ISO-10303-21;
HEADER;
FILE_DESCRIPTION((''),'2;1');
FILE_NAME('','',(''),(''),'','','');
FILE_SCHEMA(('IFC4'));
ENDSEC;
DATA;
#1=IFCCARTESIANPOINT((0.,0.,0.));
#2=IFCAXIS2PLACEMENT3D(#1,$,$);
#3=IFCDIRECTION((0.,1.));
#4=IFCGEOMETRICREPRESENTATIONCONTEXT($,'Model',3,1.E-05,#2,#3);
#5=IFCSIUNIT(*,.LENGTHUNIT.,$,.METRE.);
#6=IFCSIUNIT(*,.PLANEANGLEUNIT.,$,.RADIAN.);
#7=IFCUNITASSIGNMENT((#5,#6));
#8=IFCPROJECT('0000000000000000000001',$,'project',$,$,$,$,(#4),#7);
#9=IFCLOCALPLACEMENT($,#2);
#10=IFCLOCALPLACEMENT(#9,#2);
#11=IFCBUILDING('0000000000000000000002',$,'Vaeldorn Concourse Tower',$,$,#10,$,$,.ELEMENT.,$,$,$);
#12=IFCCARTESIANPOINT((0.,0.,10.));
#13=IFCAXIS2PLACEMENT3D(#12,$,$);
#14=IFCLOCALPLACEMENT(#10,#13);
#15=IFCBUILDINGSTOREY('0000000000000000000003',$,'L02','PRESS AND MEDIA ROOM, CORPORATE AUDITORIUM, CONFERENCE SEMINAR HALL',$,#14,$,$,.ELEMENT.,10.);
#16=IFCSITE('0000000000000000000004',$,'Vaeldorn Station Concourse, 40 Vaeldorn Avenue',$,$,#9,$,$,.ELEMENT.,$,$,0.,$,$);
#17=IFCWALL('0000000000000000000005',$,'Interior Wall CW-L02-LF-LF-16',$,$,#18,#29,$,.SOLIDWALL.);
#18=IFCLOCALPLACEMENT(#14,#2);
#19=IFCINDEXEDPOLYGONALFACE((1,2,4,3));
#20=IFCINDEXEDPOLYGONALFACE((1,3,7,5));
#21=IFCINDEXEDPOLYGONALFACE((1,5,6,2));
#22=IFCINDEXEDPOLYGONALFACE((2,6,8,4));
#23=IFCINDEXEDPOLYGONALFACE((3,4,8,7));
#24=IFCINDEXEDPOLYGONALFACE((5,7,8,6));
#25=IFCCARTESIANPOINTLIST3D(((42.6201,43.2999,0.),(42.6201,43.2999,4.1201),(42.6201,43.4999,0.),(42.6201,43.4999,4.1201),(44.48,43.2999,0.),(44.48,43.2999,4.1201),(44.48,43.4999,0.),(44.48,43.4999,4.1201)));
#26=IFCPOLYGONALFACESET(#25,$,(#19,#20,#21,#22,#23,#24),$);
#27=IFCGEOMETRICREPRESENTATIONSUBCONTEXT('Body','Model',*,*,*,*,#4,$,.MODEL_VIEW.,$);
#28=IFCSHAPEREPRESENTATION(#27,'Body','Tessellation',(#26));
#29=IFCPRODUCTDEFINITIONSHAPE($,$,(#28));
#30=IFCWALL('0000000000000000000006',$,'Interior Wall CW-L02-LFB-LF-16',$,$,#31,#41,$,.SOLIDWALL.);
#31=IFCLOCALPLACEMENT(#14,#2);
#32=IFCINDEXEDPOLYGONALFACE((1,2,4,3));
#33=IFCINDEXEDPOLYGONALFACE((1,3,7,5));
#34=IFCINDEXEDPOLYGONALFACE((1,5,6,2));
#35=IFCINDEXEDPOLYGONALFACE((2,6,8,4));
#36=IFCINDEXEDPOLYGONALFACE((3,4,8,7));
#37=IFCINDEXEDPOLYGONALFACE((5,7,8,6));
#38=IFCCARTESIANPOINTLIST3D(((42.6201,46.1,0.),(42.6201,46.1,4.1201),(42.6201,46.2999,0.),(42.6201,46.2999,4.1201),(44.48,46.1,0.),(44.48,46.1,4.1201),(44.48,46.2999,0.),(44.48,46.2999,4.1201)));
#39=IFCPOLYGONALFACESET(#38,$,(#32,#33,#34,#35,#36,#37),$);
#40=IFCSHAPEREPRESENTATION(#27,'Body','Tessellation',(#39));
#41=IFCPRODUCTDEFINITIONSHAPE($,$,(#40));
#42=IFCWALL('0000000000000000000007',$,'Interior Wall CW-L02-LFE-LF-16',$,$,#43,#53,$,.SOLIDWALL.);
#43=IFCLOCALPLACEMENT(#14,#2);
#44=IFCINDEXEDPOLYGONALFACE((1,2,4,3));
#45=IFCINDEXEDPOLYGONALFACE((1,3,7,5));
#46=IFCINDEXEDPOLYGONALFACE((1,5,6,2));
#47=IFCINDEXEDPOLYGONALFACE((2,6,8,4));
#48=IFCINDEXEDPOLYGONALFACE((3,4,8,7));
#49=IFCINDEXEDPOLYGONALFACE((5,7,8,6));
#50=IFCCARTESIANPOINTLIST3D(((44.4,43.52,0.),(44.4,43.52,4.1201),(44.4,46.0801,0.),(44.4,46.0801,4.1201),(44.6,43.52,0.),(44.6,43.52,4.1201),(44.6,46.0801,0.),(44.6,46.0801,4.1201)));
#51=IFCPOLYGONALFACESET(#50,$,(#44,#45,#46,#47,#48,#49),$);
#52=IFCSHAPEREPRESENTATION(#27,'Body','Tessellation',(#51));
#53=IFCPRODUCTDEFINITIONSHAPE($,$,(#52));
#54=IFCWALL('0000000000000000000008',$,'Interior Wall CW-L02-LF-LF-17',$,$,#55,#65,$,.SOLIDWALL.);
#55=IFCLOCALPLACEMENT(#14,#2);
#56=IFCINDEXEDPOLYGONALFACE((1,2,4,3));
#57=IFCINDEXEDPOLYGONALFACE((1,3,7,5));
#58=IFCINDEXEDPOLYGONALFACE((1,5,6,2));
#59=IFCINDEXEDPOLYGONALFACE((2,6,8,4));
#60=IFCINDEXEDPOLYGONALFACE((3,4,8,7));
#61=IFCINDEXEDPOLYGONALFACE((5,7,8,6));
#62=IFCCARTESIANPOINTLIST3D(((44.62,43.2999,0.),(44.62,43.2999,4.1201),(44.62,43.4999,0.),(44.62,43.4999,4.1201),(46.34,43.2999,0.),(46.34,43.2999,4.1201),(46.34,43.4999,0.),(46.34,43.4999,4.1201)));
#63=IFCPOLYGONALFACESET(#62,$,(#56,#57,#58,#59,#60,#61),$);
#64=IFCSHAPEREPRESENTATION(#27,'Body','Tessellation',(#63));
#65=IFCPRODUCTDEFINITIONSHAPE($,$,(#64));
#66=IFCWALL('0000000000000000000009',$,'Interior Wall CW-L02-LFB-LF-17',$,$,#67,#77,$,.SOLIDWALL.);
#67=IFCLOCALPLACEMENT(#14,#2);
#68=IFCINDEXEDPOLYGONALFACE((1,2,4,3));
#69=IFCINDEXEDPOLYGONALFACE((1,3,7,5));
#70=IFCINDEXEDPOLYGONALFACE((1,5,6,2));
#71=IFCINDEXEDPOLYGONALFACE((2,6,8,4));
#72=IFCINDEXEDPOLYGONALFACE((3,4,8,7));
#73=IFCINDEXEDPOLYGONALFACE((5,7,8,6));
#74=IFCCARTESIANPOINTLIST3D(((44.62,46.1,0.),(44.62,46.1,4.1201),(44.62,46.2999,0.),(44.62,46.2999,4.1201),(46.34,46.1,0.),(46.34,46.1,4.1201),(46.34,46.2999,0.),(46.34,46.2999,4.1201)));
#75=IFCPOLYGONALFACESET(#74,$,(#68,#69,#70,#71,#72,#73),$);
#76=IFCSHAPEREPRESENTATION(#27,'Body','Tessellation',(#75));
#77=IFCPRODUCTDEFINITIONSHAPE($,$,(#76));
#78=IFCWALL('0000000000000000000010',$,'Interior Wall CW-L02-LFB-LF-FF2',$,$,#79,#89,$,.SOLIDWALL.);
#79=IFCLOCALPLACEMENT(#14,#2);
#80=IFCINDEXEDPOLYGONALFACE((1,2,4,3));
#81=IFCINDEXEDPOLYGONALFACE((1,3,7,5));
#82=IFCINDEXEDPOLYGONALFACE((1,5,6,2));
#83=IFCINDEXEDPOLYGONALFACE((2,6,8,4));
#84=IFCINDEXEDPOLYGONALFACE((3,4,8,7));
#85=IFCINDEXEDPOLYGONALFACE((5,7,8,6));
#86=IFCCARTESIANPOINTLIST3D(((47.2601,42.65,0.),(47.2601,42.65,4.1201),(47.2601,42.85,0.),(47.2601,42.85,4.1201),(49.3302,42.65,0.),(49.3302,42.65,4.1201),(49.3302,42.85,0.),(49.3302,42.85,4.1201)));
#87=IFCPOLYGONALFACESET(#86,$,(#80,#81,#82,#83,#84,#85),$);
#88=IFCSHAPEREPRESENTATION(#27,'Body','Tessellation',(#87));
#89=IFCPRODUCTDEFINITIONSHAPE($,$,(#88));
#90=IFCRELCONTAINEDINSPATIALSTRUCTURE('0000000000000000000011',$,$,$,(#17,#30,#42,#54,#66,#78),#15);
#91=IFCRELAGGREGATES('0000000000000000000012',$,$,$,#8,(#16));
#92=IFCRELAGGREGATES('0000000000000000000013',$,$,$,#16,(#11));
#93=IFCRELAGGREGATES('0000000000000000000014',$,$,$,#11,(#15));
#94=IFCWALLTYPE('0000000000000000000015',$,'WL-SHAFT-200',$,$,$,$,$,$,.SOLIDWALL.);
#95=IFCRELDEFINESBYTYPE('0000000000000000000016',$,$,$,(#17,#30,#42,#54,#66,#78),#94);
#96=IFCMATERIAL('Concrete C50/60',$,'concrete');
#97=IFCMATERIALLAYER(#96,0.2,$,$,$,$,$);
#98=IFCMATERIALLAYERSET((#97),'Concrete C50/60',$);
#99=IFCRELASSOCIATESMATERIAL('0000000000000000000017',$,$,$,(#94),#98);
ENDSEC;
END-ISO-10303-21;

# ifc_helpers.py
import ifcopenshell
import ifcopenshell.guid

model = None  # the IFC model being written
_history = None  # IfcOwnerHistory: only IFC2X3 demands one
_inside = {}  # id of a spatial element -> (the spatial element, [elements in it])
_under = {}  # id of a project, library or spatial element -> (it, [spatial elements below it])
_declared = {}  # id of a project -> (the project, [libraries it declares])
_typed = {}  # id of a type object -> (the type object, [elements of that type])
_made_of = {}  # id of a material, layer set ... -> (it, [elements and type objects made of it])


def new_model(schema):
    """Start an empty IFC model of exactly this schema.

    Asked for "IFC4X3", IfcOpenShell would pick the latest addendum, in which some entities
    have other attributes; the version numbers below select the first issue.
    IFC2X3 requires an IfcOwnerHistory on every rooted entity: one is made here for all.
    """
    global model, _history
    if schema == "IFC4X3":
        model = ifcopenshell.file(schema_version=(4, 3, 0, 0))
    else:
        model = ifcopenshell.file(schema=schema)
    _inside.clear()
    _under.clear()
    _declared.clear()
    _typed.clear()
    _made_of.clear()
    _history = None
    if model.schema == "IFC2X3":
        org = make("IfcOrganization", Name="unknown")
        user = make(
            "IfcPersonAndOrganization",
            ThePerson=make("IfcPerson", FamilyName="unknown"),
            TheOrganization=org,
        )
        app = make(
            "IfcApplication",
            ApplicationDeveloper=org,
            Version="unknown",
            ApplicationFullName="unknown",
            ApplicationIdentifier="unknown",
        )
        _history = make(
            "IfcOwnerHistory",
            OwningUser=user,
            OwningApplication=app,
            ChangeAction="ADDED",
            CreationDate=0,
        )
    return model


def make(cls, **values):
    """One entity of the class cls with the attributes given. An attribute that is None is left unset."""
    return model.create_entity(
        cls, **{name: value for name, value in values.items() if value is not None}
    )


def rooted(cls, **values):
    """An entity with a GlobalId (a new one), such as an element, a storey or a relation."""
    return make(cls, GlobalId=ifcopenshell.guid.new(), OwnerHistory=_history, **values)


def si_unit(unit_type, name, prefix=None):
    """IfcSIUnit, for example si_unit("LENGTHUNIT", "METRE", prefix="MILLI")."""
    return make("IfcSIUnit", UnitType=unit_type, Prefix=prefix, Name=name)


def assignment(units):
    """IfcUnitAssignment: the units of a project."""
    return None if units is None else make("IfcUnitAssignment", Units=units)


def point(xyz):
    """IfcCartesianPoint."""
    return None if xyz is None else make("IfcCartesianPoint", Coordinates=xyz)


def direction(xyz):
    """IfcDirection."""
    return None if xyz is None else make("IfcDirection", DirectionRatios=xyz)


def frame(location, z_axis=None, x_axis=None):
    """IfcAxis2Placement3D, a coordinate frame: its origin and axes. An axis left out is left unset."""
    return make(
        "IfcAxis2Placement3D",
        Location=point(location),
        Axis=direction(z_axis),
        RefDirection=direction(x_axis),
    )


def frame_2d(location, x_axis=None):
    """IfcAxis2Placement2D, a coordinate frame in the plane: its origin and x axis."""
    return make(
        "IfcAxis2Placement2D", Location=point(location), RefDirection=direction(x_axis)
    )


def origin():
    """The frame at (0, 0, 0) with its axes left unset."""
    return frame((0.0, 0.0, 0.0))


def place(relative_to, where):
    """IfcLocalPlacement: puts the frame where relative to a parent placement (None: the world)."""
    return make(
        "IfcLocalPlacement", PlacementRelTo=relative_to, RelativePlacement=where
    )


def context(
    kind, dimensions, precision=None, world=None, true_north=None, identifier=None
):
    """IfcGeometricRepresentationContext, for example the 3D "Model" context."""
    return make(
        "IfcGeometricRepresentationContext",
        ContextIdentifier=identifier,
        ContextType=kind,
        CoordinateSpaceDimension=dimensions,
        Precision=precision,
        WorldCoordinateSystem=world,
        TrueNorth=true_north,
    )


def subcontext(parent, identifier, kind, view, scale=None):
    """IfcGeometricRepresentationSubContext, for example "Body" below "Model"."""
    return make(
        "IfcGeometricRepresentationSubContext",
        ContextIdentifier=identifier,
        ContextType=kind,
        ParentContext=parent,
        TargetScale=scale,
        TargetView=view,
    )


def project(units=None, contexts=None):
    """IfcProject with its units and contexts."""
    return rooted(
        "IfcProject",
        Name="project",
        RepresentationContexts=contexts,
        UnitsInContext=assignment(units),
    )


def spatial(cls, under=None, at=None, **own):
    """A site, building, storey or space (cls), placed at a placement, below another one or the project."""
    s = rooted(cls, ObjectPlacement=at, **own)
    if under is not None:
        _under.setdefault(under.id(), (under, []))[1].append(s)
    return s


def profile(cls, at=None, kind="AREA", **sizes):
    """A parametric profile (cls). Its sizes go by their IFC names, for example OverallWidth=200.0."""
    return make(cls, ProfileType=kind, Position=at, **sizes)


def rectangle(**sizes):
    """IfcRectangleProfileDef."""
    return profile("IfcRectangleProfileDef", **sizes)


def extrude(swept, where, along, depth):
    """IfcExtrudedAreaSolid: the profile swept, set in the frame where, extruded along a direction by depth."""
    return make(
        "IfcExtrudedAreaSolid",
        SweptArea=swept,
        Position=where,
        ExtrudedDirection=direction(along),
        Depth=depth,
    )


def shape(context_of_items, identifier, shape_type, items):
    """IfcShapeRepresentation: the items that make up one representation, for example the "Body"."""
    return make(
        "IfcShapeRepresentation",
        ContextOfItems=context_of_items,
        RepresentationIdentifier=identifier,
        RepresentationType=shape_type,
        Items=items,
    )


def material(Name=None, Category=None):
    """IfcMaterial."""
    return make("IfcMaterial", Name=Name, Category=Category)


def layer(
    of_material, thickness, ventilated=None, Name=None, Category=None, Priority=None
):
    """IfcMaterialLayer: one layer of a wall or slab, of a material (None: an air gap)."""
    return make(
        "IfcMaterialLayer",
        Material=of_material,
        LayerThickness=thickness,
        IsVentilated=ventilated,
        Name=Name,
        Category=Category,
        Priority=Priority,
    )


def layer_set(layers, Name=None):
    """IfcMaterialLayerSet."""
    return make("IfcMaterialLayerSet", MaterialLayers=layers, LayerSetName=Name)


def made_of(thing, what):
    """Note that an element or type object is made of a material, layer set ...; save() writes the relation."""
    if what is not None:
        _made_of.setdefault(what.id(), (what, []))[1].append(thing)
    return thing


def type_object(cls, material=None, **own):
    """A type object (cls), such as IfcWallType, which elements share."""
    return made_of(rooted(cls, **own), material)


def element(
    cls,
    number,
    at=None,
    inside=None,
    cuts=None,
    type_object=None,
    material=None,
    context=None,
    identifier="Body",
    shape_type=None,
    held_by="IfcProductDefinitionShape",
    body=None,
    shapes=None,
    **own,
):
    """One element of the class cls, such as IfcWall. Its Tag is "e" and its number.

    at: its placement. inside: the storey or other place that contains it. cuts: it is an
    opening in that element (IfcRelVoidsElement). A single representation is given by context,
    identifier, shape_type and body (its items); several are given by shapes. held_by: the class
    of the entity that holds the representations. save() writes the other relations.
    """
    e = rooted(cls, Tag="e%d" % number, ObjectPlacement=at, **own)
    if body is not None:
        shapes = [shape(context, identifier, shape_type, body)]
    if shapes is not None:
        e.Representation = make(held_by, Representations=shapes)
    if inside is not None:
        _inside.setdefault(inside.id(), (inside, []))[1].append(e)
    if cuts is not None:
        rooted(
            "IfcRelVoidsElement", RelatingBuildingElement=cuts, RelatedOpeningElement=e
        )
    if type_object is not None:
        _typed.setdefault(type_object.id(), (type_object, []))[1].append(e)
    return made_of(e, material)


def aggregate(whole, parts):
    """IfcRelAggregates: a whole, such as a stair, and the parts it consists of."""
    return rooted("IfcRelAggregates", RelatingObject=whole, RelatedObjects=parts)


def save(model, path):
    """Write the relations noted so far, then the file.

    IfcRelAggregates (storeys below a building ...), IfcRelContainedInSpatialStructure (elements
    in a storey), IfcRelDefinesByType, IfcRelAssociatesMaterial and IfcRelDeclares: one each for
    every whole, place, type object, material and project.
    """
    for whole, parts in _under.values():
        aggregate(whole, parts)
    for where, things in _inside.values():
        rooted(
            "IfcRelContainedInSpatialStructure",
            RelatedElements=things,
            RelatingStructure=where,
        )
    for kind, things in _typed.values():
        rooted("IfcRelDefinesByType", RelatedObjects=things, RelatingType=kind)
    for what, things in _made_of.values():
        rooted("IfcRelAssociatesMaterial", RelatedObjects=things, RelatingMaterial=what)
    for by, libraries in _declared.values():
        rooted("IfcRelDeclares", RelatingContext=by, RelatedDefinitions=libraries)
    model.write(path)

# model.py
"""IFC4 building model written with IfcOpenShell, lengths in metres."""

from ifc_helpers import new_model, si_unit, direction, frame, frame_2d, origin, place, context, subcontext, project, spatial, rectangle, extrude, material, layer, layer_set, type_object, element, save


model = new_model("IFC4")

# Units and contexts
model_context = context("Model", 3, precision=1e-05, world=origin(), true_north=direction((0.0, 1.0)))
body_context = subcontext(model_context, "Body", "Model", "MODEL_VIEW")
ifc_project = project(units=[si_unit("LENGTHUNIT", "METRE"), si_unit("PLANEANGLEUNIT", "RADIAN")], contexts=[model_context])

# Site, building, storey
site_placement = place(None, origin())
site = spatial("IfcSite", under=ifc_project, at=site_placement, Name="Vaeldorn Station Concourse, 40 Vaeldorn Avenue", CompositionType="ELEMENT", RefElevation=0.0)
building_placement = place(site_placement, origin())
building = spatial("IfcBuilding", under=site, at=building_placement, Name="Vaeldorn Concourse Tower", CompositionType="ELEMENT")
storey_placement = place(building_placement, frame((0.0, 0.0, 10.0)))
storey = spatial("IfcBuildingStorey", under=building, at=storey_placement, Name="L02", Description="PRESS AND MEDIA ROOM, CORPORATE AUDITORIUM, CONFERENCE SEMINAR HALL", CompositionType="ELEMENT", Elevation=10.0)

# Shared definitions
ifc_material_1 = material(Name="Concrete C50/60", Category="concrete")
ifc_layer_1 = layer(ifc_material_1, 0.2)
ifc_layer_set_1 = layer_set([ifc_layer_1], Name="Concrete C50/60")
wall_type_1 = type_object("IfcWallType", Name="WL-SHAFT-200", PredefinedType="SOLIDWALL", material=ifc_layer_set_1)

# Walls
for number, where, z_axis, x_axis, name in (
    (1, (42.6201, 43.3999, 0.0), (0.0, 0.0, 1.0), (1.0, 0.0, 0.0), "Interior Wall CW-L02-LF-LF-16"),
    (2, (42.6201, 46.2, 0.0), (0.0, 0.0, 1.0), (1.0, 0.0, 0.0), "Interior Wall CW-L02-LFB-LF-16"),
):
    element("IfcWall", number, at=place(storey_placement, frame(where, z_axis=z_axis, x_axis=x_axis)), inside=storey, type_object=wall_type_1, Name=name, PredefinedType="SOLIDWALL", context=body_context, shape_type="SweptSolid", body=[
        extrude(rectangle(XDim=1.8599, YDim=0.2, at=frame_2d((0.9299, 0.0))), origin(), (0.0, 0.0, 1.0), 4.1201),
    ])
wall_1_placement = place(storey_placement, frame((44.5, 43.52, 0.0), z_axis=(0.0, 0.0, 1.0), x_axis=(0.0, 1.0, 0.0)))
element("IfcWall", 3, at=wall_1_placement, inside=storey, type_object=wall_type_1, Name="Interior Wall CW-L02-LFE-LF-16", PredefinedType="SOLIDWALL", context=body_context, shape_type="SweptSolid", body=[
    extrude(rectangle(XDim=2.5601, YDim=0.2, at=frame_2d((1.28, 0.0))), origin(), (0.0, 0.0, 1.0), 4.1201),
])
for number, where, z_axis, x_axis, name in (
    (4, (44.6201, 43.3999, 0.0), (0.0, 0.0, 1.0), (1.0, 0.0, 0.0), "Interior Wall CW-L02-LF-LF-17"),
    (5, (44.6201, 46.2, 0.0), (0.0, 0.0, 1.0), (1.0, 0.0, 0.0), "Interior Wall CW-L02-LFB-LF-17"),
):
    element("IfcWall", number, at=place(storey_placement, frame(where, z_axis=z_axis, x_axis=x_axis)), inside=storey, type_object=wall_type_1, Name=name, PredefinedType="SOLIDWALL", context=body_context, shape_type="SweptSolid", body=[
        extrude(rectangle(XDim=1.72, YDim=0.2, at=frame_2d((0.8599, 0.0))), origin(), (0.0, 0.0, 1.0), 4.1201),
    ])

# Wall
wall_2_placement = place(storey_placement, frame((47.26, 42.75, 0.0), z_axis=(0.0, 0.0, 1.0), x_axis=(1.0, 0.0, 0.0)))
element("IfcWall", 6, at=wall_2_placement, inside=storey, type_object=wall_type_1, Name="Interior Wall CW-L02-LFB-LF-FF2", PredefinedType="SOLIDWALL", context=body_context, shape_type="SweptSolid", body=[
    extrude(rectangle(XDim=2.0701, YDim=0.2, at=frame_2d((1.0352, 0.0))), origin(), (0.0, 0.0, 1.0), 4.1201),
])

save(model, "model.ifc")
